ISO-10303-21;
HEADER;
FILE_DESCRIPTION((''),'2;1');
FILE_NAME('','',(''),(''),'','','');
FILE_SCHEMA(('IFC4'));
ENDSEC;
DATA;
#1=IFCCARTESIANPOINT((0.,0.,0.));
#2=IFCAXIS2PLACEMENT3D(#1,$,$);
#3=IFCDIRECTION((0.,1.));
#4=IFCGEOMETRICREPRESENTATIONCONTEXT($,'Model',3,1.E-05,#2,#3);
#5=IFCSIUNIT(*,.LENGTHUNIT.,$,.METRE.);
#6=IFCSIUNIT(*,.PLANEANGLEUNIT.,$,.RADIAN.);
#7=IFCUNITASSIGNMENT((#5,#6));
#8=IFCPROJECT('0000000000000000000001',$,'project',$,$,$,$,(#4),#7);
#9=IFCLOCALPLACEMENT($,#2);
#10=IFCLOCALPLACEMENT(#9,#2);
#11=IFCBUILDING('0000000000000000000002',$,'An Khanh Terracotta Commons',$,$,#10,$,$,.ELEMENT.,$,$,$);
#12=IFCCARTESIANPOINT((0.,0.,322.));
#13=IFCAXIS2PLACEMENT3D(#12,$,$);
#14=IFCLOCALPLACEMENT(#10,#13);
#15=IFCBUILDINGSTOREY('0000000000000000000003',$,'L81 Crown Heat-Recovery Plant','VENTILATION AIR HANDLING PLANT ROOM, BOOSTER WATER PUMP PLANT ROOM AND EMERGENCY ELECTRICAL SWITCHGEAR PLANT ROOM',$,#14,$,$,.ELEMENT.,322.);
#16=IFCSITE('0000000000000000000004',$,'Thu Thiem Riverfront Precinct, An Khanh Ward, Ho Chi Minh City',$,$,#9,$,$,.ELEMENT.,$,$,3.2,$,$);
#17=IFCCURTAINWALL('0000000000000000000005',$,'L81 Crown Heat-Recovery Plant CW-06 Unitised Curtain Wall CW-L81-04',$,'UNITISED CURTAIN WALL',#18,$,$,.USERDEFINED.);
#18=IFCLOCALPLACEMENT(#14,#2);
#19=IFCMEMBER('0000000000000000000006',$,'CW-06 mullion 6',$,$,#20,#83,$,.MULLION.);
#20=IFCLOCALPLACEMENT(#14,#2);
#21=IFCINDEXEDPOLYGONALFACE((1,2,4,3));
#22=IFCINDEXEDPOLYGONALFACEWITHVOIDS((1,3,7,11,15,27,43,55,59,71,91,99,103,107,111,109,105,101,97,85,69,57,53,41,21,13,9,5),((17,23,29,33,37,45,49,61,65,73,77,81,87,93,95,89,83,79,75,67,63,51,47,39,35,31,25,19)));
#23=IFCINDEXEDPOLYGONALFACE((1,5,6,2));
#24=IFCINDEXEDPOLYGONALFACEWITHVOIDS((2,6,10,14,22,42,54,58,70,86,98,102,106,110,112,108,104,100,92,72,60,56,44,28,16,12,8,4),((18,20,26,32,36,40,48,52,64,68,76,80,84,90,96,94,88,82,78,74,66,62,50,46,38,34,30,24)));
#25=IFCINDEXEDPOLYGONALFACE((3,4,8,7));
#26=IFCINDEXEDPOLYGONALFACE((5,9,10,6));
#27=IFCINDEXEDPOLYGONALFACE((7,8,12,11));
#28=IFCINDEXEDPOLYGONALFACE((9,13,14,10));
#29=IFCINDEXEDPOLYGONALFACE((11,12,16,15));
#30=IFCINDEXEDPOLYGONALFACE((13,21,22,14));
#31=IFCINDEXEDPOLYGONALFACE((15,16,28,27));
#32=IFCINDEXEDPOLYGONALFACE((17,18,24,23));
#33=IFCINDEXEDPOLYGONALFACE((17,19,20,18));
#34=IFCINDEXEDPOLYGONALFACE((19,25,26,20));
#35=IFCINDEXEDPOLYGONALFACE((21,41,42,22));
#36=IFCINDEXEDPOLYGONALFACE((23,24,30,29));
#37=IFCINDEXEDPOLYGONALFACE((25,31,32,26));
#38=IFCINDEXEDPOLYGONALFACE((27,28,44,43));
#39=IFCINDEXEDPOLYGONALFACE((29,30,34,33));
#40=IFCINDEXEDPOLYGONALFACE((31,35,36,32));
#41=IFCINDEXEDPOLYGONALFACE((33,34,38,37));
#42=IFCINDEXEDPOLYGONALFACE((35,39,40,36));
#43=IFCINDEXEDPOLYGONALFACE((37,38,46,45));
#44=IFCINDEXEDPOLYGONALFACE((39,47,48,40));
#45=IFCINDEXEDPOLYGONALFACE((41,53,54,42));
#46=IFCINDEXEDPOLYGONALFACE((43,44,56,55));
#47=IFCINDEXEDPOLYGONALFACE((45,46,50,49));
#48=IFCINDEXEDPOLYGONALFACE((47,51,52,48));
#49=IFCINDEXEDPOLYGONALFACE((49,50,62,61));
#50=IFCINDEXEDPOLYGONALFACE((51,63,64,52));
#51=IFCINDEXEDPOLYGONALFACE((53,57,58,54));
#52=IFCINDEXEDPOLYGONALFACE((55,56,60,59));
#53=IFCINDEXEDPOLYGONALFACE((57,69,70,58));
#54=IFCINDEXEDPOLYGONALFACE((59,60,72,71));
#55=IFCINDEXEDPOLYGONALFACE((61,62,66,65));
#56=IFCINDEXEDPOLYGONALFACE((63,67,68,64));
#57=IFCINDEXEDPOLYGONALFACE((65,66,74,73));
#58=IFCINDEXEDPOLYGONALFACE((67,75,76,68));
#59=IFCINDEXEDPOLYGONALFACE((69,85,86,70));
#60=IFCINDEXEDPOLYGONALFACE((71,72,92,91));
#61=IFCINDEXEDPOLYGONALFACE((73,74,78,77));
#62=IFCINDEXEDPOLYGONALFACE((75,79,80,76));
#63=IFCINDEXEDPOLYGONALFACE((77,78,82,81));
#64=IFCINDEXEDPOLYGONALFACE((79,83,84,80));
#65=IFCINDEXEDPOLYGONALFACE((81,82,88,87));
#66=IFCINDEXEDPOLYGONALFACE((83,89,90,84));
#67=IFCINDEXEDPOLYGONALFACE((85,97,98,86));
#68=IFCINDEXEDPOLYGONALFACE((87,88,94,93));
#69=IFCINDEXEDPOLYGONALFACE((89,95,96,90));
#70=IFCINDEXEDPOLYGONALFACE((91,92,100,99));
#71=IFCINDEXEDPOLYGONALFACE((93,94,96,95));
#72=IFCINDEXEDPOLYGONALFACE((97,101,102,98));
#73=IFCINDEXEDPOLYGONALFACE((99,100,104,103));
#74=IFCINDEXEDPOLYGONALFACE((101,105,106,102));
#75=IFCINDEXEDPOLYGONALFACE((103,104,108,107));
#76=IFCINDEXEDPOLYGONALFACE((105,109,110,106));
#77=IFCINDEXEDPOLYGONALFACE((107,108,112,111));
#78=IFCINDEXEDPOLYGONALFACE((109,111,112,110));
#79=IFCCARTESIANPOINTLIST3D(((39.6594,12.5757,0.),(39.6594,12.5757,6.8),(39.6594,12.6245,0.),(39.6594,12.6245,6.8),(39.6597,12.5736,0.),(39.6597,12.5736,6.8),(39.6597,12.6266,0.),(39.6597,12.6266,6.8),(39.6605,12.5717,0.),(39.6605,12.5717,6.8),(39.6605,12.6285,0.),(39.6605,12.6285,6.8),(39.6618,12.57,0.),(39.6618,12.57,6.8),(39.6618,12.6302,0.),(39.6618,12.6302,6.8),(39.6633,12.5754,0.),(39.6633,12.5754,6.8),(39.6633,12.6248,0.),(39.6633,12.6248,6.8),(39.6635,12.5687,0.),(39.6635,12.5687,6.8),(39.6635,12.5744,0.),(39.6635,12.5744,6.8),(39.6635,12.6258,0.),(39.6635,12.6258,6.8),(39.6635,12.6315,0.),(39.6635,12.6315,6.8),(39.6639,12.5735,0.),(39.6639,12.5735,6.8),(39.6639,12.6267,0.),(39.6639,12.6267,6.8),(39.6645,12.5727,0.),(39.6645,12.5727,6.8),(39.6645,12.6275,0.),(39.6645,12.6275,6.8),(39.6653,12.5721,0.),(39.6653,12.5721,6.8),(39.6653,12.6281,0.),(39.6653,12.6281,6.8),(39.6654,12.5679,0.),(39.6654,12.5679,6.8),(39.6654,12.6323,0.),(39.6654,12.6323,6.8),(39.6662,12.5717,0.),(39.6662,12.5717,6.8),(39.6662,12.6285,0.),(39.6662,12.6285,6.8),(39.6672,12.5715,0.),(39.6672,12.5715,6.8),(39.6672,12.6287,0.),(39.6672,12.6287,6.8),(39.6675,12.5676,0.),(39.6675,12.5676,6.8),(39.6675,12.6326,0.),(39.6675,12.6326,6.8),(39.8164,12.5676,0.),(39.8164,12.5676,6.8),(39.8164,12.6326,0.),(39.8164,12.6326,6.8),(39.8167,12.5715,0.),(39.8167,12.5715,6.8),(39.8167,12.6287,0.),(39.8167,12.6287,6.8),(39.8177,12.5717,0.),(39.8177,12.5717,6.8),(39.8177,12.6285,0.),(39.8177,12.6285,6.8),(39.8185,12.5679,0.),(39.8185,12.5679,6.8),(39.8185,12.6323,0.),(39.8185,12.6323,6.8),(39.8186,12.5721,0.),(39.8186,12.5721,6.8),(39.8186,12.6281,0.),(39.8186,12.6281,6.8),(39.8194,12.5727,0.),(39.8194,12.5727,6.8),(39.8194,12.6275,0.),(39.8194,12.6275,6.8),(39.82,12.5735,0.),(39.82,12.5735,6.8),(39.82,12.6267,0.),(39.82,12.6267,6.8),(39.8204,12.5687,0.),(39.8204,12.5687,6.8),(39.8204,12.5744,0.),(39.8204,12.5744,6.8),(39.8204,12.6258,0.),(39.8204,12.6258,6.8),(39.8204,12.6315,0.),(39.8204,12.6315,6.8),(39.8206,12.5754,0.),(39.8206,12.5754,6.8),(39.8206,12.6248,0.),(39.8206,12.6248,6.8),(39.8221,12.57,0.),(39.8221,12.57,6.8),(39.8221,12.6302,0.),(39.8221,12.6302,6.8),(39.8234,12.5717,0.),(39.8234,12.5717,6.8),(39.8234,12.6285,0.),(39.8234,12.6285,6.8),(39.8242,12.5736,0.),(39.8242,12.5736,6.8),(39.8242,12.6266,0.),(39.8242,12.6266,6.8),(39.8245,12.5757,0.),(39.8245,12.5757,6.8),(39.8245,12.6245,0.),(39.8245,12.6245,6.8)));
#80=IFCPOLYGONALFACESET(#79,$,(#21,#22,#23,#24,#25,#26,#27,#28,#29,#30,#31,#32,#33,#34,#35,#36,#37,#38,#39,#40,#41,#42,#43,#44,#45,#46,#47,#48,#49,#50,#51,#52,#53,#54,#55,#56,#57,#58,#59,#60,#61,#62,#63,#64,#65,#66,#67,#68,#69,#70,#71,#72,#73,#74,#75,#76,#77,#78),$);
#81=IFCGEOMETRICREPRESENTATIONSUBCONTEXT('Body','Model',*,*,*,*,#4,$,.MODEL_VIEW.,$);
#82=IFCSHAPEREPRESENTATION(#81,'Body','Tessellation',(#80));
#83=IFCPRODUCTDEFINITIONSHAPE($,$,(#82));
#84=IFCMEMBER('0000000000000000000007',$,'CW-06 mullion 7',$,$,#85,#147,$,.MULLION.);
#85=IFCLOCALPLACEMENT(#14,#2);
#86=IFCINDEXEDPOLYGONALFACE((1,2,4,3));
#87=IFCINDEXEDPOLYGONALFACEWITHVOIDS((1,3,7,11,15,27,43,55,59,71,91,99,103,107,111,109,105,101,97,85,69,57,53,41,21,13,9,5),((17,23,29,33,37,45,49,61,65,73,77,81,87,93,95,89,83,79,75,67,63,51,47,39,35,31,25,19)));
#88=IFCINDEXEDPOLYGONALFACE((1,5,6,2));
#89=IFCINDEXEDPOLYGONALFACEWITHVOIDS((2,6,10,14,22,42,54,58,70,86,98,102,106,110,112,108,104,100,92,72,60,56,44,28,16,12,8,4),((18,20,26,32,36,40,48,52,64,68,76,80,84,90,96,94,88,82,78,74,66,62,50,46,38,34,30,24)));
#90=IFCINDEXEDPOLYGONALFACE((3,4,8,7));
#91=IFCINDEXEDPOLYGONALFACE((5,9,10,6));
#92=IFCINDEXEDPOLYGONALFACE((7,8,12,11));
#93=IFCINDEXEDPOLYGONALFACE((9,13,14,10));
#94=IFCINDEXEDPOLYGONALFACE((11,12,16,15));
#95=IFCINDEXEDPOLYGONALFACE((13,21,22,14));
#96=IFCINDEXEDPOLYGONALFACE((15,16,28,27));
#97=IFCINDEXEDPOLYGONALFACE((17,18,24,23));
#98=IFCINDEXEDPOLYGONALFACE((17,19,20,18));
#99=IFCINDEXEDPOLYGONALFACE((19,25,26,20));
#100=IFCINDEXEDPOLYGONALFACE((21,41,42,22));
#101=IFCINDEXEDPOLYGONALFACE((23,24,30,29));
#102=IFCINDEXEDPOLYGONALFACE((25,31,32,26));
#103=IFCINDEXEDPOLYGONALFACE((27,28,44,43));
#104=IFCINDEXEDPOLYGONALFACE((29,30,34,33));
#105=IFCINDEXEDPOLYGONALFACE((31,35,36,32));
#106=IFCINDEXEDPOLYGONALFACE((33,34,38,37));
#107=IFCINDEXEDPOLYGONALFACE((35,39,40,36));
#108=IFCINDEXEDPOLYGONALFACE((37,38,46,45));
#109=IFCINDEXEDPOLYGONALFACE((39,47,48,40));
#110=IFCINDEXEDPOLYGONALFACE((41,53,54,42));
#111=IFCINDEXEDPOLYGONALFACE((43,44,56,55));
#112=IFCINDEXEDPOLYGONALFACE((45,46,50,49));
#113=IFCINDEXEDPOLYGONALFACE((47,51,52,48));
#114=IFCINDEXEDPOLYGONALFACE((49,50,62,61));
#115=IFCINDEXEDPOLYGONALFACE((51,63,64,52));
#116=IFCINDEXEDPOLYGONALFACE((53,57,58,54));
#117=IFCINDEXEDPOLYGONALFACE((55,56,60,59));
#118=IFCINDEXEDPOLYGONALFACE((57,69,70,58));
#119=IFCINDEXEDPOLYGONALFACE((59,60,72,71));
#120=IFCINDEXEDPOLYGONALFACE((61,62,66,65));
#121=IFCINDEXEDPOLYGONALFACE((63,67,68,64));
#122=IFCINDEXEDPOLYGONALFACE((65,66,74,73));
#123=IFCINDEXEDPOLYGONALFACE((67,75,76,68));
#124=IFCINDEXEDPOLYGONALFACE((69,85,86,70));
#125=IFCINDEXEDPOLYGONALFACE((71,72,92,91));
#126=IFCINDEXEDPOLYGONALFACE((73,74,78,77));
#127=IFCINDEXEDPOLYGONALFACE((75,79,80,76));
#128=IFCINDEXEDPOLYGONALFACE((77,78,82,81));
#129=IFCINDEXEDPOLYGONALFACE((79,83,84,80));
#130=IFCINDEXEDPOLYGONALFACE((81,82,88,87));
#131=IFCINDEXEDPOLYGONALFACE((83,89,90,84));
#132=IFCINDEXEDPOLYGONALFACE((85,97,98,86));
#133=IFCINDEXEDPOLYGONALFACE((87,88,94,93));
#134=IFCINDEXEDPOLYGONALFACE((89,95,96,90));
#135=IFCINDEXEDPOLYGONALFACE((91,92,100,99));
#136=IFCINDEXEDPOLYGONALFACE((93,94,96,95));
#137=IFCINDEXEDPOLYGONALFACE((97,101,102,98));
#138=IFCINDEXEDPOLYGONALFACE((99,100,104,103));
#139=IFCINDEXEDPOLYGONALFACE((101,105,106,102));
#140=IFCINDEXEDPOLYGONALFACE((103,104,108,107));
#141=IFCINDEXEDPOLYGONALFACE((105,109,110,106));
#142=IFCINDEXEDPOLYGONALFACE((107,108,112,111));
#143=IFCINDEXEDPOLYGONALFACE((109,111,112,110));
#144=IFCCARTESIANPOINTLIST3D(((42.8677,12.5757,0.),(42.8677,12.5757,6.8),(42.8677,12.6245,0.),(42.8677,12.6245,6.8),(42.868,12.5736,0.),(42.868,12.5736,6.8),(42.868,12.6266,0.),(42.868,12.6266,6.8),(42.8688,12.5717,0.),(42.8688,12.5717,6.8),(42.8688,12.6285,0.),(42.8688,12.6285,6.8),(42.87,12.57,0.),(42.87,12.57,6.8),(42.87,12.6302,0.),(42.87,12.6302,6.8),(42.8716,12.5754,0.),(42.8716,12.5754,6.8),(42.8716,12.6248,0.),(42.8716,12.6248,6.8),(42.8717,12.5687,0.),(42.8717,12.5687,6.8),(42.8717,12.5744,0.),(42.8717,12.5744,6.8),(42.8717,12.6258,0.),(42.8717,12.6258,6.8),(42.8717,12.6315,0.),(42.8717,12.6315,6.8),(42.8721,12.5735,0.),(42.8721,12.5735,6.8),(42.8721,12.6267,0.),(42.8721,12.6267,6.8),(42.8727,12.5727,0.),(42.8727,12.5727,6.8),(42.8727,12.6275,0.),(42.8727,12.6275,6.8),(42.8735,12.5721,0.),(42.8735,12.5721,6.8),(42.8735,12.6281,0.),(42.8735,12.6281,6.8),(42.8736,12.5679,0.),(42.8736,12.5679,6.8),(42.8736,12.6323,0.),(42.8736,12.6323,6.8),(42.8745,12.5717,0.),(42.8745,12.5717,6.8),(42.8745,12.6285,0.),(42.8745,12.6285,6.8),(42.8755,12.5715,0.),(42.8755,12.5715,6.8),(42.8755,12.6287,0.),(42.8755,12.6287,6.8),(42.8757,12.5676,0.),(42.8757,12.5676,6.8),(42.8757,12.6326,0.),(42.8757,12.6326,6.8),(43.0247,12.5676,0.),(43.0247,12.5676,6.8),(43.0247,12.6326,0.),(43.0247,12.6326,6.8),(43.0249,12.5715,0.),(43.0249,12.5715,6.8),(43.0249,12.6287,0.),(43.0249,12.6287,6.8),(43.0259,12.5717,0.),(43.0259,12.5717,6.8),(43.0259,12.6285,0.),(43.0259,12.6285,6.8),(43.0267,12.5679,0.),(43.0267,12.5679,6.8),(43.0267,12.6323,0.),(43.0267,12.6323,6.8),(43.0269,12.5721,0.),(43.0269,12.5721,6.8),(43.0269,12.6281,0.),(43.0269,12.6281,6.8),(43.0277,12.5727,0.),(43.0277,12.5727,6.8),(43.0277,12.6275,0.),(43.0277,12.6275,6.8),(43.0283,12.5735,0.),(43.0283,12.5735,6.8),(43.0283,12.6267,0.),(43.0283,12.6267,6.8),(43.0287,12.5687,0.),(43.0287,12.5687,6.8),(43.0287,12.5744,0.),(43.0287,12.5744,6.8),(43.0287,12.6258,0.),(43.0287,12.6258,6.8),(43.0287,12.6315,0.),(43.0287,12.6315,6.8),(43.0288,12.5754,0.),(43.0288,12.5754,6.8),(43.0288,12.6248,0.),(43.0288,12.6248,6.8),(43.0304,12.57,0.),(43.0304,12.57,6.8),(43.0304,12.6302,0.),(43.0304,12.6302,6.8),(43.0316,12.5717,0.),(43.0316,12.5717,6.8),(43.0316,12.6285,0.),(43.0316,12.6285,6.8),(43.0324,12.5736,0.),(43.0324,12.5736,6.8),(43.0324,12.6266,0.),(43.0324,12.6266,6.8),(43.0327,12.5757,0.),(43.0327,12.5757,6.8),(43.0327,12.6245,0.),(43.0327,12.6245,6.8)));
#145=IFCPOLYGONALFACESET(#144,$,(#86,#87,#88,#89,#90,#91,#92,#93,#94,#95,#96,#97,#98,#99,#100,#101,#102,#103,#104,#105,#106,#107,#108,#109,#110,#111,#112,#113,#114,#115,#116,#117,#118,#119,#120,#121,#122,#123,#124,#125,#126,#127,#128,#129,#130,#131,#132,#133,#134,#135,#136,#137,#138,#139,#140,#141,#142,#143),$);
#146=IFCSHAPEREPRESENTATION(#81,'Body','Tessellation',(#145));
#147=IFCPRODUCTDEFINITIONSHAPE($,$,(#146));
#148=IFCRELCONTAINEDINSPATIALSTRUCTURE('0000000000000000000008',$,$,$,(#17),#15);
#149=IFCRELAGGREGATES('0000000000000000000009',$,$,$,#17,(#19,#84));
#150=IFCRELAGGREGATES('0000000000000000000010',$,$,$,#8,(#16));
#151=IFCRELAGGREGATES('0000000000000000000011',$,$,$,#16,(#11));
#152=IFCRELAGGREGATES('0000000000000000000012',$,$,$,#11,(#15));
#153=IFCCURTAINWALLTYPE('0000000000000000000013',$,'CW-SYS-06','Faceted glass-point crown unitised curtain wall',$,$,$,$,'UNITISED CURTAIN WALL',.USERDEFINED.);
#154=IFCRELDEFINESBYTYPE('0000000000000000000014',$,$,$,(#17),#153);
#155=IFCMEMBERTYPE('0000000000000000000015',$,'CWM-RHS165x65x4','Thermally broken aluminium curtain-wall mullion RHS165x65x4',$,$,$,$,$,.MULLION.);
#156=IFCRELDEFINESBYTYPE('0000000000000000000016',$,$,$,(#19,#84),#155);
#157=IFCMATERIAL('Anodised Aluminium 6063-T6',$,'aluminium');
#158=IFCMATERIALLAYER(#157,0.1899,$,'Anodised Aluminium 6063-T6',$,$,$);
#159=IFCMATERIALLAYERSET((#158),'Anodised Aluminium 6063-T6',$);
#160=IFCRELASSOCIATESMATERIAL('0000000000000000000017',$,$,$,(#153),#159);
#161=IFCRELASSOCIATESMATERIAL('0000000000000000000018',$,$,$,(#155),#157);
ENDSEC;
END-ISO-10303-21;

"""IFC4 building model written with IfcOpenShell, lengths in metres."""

from ifc_helpers import new_model, si_unit, direction, frame, origin, origin_2d, place, context, subcontext, project, spatial, hollow_rectangle, extrude, material, layer, layer_set, material_profile, profile_set, type_object, element, aggregate, save


model = new_model("IFC4")

# Units and contexts
model_context = context("Model", 3, precision=1e-05, world=origin(), true_north=direction((0.0, 1.0)))
body_context = subcontext(model_context, "Body", "Model", "MODEL_VIEW")
ifc_project = project(units=[si_unit("LENGTHUNIT", "METRE"), si_unit("PLANEANGLEUNIT", "RADIAN")], contexts=[model_context])

# Site, building, storey
site_placement = place(None, origin())
site = spatial("IfcSite", under=ifc_project, at=site_placement, Name="Thu Thiem Riverfront Precinct, An Khanh Ward, Ho Chi Minh City", CompositionType="ELEMENT", RefElevation=3.2)
building_placement = place(site_placement, origin())
building = spatial("IfcBuilding", under=site, at=building_placement, Name="An Khanh Terracotta Commons", CompositionType="ELEMENT")
storey_placement = place(building_placement, frame((0.0, 0.0, 322.0)))
storey = spatial("IfcBuildingStorey", under=building, at=storey_placement, Name="L81 Crown Heat-Recovery Plant", Description="VENTILATION AIR HANDLING PLANT ROOM, BOOSTER WATER PUMP PLANT ROOM AND EMERGENCY ELECTRICAL SWITCHGEAR PLANT ROOM", CompositionType="ELEMENT", Elevation=322.0)

# Curtain wall, members
ifc_material_1 = material(Name="Anodised Aluminium 6063-T6", Category="aluminium")
ifc_layer_1 = layer(ifc_material_1, 0.1899, Name="Anodised Aluminium 6063-T6")
ifc_layer_set_1 = layer_set([ifc_layer_1], Name="Anodised Aluminium 6063-T6")
curtain_wall_type = type_object("IfcCurtainWallType", Name="CW-SYS-06", Description="Faceted glass-point crown unitised curtain wall", ElementType="UNITISED CURTAIN WALL", PredefinedType="USERDEFINED", material=ifc_layer_set_1)
curtain_wall_placement = place(storey_placement, origin())
curtain_wall = element("IfcCurtainWall", 1, at=curtain_wall_placement, inside=storey, type_object=curtain_wall_type, Name="L81 Crown Heat-Recovery Plant CW-06 Unitised Curtain Wall CW-L81-04", ObjectType="UNITISED CURTAIN WALL", PredefinedType="USERDEFINED")
ifc_material_profile_1 = material_profile(ifc_material_1, hollow_rectangle(XDim=0.0649, YDim=0.165, WallThickness=0.0039, InnerFilletRadius=0.0039, OuterFilletRadius=0.0081, at=origin_2d()), Name="RHS165x65x4")
ifc_profile_set_1 = profile_set([ifc_material_profile_1], Name="Anodised Aluminium 6063-T6")
member_type_1 = type_object("IfcMemberType", Name="CWM-RHS165x65x4", Description="Thermally broken aluminium curtain-wall mullion RHS165x65x4", PredefinedType="MULLION", material=ifc_profile_set_1)
member_1_placement = place(storey_placement, frame((39.7419, 12.6001, 0.0), z_axis=(0.0, 0.0, 1.0), x_axis=(0.0, 1.0, 0.0)))
member_1 = element("IfcMember", 2, at=member_1_placement, type_object=member_type_1, Name="CW-06 mullion 6", PredefinedType="MULLION", context=body_context, shape_type="SweptSolid", body=[
    extrude(hollow_rectangle(XDim=0.0649, YDim=0.165, WallThickness=0.0039, InnerFilletRadius=0.0039, OuterFilletRadius=0.0081, at=origin_2d()), origin(), (0.0, 0.0, 1.0), 6.8),
])
member_2_placement = place(storey_placement, frame((42.9502, 12.6001, 0.0), z_axis=(0.0, 0.0, 1.0), x_axis=(0.0, 1.0, 0.0)))
member_2 = element("IfcMember", 3, at=member_2_placement, type_object=member_type_1, Name="CW-06 mullion 7", PredefinedType="MULLION", context=body_context, shape_type="SweptSolid", body=[
    extrude(hollow_rectangle(XDim=0.0649, YDim=0.165, WallThickness=0.0039, InnerFilletRadius=0.0039, OuterFilletRadius=0.0081, at=origin_2d()), origin(), (0.0, 0.0, 1.0), 6.8),
])
aggregate(curtain_wall, [member_1, member_2])

save(model, "model.ifc")
